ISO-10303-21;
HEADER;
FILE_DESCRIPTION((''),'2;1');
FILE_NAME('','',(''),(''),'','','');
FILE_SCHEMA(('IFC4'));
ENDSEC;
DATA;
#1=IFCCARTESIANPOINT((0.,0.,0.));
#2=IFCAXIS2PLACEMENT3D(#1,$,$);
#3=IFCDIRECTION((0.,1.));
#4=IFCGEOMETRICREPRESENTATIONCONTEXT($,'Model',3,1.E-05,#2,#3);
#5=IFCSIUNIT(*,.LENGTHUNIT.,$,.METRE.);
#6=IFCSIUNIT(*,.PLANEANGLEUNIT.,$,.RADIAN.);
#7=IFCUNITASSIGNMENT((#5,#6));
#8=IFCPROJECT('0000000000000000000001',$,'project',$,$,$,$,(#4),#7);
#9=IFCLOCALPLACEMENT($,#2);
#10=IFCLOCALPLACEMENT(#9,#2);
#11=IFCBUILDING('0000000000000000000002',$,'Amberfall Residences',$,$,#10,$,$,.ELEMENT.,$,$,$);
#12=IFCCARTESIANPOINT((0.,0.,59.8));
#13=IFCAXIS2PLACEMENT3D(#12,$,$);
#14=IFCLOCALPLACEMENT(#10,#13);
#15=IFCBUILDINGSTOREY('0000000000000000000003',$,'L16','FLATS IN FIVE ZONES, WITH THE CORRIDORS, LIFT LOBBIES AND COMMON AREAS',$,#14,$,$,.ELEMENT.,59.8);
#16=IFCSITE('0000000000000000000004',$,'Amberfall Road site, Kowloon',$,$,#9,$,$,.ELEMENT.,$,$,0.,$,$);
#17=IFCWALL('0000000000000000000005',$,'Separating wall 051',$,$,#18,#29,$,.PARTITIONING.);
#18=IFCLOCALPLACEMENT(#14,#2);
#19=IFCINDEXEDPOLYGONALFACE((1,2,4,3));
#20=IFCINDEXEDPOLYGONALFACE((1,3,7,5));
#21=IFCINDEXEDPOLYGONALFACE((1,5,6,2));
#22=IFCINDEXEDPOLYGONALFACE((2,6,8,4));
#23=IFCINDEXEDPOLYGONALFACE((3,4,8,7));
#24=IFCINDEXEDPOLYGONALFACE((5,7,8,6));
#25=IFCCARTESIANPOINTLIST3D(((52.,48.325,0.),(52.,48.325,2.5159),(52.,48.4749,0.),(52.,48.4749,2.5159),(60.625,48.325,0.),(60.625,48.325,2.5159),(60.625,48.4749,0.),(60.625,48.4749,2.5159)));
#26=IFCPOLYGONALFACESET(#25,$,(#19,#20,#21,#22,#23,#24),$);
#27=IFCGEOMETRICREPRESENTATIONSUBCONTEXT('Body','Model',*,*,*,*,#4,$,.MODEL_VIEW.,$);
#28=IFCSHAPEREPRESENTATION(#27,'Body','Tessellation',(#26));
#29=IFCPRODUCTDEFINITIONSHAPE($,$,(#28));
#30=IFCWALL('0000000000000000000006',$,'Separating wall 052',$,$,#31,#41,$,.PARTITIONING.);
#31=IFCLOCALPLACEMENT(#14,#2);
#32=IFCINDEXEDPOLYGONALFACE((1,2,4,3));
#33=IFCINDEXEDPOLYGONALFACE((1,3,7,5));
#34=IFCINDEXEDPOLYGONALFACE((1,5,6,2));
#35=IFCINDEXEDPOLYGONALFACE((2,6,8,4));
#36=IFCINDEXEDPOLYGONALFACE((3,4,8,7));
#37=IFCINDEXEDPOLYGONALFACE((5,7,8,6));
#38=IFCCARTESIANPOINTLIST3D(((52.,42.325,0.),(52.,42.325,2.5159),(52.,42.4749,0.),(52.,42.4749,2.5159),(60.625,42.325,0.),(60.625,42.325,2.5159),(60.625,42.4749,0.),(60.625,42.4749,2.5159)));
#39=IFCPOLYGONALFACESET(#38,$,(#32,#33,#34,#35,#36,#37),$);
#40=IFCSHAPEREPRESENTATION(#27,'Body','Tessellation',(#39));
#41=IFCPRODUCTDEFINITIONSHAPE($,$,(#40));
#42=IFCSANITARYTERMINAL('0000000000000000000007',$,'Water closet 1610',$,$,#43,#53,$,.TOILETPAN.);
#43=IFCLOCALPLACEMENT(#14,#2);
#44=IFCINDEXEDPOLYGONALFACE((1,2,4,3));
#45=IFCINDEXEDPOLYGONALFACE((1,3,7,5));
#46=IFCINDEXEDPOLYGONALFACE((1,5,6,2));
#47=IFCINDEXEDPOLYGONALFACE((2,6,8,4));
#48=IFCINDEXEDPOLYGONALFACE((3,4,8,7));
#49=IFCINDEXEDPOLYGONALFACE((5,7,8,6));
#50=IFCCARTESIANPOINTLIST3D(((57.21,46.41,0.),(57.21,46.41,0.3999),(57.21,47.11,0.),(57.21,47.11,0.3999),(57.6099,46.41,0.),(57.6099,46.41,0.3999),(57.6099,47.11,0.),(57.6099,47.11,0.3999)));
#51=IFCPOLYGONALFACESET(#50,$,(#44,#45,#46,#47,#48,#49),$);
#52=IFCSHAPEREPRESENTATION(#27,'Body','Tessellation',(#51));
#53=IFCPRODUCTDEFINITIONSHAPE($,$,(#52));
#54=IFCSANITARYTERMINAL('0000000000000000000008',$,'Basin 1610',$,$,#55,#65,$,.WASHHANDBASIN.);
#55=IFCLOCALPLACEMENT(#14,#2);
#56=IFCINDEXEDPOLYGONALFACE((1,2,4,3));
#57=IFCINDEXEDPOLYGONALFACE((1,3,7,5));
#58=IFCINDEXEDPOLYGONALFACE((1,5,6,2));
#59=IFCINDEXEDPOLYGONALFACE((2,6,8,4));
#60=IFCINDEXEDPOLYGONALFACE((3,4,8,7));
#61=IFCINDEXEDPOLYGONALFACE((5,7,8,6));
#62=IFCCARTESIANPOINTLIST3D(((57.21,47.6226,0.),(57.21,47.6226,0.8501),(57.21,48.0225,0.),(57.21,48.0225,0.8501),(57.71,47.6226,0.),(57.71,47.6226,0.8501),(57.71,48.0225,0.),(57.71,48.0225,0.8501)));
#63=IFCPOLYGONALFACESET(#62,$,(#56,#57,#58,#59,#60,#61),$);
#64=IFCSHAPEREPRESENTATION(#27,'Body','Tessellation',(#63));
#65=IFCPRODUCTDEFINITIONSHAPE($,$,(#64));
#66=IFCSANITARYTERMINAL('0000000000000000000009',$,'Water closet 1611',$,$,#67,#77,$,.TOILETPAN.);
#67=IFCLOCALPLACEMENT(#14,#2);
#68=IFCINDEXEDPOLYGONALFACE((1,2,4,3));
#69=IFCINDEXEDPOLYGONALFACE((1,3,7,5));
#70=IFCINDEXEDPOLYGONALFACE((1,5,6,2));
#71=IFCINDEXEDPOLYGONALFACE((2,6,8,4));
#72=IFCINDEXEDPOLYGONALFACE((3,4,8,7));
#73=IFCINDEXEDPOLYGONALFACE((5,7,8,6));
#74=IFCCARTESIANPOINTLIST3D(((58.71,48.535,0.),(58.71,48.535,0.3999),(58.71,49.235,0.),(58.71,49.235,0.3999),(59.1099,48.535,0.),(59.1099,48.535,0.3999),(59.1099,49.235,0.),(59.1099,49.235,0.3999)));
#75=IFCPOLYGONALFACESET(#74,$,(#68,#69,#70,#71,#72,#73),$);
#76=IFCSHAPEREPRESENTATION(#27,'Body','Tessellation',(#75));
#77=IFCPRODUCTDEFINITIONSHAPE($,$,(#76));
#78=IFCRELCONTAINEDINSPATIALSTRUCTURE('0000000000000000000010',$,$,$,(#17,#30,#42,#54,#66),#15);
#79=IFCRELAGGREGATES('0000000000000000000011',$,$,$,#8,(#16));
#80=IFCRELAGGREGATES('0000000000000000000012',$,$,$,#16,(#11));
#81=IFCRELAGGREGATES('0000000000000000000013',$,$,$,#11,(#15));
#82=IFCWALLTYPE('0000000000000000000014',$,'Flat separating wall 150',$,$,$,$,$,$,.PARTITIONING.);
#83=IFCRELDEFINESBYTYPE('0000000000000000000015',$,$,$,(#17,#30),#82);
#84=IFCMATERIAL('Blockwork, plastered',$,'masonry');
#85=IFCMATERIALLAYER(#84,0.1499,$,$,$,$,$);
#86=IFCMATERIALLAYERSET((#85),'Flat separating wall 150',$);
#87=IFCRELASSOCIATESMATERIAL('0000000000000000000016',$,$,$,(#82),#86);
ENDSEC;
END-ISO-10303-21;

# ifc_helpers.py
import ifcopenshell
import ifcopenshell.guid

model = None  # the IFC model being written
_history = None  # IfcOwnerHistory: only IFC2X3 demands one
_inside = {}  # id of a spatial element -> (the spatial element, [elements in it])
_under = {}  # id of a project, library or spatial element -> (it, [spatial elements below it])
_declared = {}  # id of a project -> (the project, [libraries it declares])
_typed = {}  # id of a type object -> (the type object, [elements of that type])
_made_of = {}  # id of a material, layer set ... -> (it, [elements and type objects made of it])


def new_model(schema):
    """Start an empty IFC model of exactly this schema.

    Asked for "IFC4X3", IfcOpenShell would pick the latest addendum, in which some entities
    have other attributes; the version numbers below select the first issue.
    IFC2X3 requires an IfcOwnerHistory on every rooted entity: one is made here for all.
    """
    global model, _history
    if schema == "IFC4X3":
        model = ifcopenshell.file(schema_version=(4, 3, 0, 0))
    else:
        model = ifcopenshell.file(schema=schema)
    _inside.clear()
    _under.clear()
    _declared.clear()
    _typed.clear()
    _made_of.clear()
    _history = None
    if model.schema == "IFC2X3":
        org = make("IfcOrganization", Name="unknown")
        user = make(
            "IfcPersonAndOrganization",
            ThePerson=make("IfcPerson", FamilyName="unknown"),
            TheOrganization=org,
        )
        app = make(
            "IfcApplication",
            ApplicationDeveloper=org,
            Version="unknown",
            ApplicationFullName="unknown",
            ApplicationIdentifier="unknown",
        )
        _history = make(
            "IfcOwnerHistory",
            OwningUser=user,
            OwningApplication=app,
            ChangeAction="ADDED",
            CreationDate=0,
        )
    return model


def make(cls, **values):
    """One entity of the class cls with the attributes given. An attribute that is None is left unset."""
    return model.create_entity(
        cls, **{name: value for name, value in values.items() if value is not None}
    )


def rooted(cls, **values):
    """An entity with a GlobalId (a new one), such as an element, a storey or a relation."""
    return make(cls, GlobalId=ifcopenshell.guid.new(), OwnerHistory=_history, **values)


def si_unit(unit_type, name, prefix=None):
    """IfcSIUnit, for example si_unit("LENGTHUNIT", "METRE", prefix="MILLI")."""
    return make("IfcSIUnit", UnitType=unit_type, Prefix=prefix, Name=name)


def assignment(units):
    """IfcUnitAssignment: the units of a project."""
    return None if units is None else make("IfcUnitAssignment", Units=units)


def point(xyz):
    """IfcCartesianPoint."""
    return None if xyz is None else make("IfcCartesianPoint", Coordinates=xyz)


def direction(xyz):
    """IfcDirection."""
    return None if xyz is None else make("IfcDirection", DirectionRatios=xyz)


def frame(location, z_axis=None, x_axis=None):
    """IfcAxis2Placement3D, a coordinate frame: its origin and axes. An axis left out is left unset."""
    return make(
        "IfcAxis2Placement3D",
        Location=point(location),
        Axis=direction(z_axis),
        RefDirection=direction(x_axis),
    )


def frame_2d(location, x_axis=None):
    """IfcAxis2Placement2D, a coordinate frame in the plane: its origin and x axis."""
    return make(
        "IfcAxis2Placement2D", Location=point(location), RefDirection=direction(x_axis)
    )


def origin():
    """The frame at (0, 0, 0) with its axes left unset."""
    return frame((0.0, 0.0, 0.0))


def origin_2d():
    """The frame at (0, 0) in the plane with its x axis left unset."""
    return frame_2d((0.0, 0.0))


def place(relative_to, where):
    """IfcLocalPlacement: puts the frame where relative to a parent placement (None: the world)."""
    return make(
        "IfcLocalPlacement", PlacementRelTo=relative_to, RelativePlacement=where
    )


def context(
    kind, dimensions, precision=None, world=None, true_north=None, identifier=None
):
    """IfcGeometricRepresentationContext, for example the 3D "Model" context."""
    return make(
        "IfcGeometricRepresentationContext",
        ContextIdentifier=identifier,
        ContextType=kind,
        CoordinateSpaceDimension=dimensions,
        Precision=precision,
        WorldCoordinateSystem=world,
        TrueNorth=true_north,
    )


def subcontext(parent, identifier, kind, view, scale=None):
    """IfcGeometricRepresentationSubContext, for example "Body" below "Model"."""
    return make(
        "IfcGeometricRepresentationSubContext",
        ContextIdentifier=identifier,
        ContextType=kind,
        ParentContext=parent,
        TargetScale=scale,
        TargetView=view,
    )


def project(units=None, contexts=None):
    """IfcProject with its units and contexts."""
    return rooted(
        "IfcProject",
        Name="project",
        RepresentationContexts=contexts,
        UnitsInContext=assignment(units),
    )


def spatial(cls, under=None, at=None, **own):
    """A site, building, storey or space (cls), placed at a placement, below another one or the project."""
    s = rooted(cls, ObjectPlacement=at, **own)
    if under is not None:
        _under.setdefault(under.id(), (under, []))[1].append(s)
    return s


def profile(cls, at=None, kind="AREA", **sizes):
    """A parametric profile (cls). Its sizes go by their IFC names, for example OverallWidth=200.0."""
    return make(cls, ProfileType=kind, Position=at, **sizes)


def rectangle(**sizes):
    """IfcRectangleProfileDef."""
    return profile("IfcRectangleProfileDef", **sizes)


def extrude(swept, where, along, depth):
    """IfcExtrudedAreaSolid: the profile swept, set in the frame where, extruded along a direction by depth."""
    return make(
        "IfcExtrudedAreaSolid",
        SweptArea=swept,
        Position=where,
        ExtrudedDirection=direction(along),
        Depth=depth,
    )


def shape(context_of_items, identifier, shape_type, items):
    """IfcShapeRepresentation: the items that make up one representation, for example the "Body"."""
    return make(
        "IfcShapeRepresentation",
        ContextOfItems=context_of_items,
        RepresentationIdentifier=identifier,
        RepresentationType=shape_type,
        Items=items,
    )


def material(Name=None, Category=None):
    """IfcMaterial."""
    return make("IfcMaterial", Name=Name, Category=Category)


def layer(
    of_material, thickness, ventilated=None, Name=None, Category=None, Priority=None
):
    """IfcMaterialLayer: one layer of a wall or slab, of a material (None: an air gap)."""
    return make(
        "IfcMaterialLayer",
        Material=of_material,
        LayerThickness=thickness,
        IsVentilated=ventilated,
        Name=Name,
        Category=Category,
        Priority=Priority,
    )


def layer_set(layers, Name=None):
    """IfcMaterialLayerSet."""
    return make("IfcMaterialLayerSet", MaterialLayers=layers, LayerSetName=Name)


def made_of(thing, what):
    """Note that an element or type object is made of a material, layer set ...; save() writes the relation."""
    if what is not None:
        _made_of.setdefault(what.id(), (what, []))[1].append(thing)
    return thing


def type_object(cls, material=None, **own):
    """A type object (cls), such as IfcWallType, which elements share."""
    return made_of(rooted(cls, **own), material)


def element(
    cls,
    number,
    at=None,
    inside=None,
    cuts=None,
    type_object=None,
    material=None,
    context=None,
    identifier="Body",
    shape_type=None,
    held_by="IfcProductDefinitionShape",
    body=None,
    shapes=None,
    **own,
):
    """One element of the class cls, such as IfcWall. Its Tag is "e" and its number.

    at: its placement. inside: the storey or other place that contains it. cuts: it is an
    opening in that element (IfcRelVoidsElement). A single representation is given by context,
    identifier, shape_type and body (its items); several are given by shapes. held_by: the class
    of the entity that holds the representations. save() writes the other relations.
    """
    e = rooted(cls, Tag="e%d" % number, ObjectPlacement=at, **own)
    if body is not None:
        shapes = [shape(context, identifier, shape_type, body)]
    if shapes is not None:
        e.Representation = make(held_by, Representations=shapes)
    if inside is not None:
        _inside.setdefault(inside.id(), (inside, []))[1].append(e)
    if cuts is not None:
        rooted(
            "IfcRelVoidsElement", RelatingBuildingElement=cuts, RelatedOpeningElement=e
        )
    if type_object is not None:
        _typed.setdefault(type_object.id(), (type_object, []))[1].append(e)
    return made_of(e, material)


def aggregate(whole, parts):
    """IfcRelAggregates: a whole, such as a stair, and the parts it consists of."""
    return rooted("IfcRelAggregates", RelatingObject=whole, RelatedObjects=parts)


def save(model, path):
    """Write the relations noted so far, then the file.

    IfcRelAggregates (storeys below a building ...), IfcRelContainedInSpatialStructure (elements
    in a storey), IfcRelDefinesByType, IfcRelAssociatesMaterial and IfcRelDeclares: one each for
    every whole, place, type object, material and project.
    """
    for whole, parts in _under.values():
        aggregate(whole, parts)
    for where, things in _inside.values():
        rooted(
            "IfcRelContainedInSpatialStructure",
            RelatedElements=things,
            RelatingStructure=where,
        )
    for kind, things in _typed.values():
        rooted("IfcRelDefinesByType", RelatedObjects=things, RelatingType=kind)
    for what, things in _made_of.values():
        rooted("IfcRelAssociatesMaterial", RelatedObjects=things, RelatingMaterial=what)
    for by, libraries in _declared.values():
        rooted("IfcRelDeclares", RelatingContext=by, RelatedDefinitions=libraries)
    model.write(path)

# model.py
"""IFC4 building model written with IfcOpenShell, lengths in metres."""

from ifc_helpers import new_model, si_unit, direction, frame, frame_2d, origin, origin_2d, place, context, subcontext, project, spatial, rectangle, extrude, material, layer, layer_set, type_object, element, save


model = new_model("IFC4")

# Units and contexts
model_context = context("Model", 3, precision=1e-05, world=origin(), true_north=direction((0.0, 1.0)))
body_context = subcontext(model_context, "Body", "Model", "MODEL_VIEW")
ifc_project = project(units=[si_unit("LENGTHUNIT", "METRE"), si_unit("PLANEANGLEUNIT", "RADIAN")], contexts=[model_context])

# Site, building, storey
site_placement = place(None, origin())
site = spatial("IfcSite", under=ifc_project, at=site_placement, Name="Amberfall Road site, Kowloon", CompositionType="ELEMENT", RefElevation=0.0)
building_placement = place(site_placement, origin())
building = spatial("IfcBuilding", under=site, at=building_placement, Name="Amberfall Residences", CompositionType="ELEMENT")
storey_placement = place(building_placement, frame((0.0, 0.0, 59.8)))
storey = spatial("IfcBuildingStorey", under=building, at=storey_placement, Name="L16", Description="FLATS IN FIVE ZONES, WITH THE CORRIDORS, LIFT LOBBIES AND COMMON AREAS", CompositionType="ELEMENT", Elevation=59.8)

# Walls
ifc_material_1 = material(Name="Blockwork, plastered", Category="masonry")
ifc_layer_1 = layer(ifc_material_1, 0.1499)
ifc_layer_set_1 = layer_set([ifc_layer_1], Name="Flat separating wall 150")
wall_type_1 = type_object("IfcWallType", Name="Flat separating wall 150", PredefinedType="PARTITIONING", material=ifc_layer_set_1)
for number, where, z_axis, x_axis, name in (
    (1, (52.0, 48.3999, 0.0), (0.0, 0.0, 1.0), (1.0, 0.0, 0.0), "Separating wall 051"),
    (2, (52.0, 42.3999, 0.0), (0.0, 0.0, 1.0), (1.0, 0.0, 0.0), "Separating wall 052"),
):
    element("IfcWall", number, at=place(storey_placement, frame(where, z_axis=z_axis, x_axis=x_axis)), inside=storey, type_object=wall_type_1, Name=name, PredefinedType="PARTITIONING", context=body_context, shape_type="SweptSolid", body=[
        extrude(rectangle(XDim=8.625, YDim=0.1499, at=frame_2d((4.3125, 0.0))), origin(), (0.0, 0.0, 1.0), 2.5159),
    ])

# Sanitary terminals
sanitary_terminal_1_placement = place(storey_placement, frame((57.4099, 46.76, 0.0), z_axis=(0.0, 0.0, 1.0), x_axis=(1.0, 0.0, 0.0)))
element("IfcSanitaryTerminal", 3, at=sanitary_terminal_1_placement, inside=storey, Name="Water closet 1610", PredefinedType="TOILETPAN", context=body_context, shape_type="SweptSolid", body=[
    extrude(rectangle(XDim=0.3999, YDim=0.7, at=origin_2d()), origin(), (0.0, 0.0, 1.0), 0.3999),
])
sanitary_terminal_2_placement = place(storey_placement, frame((57.46, 47.8225, 0.0), z_axis=(0.0, 0.0, 1.0), x_axis=(1.0, 0.0, 0.0)))
element("IfcSanitaryTerminal", 4, at=sanitary_terminal_2_placement, inside=storey, Name="Basin 1610", PredefinedType="WASHHANDBASIN", context=body_context, shape_type="SweptSolid", body=[
    extrude(rectangle(XDim=0.5, YDim=0.3999, at=origin_2d()), origin(), (0.0, 0.0, 1.0), 0.8501),
])
sanitary_terminal_3_placement = place(storey_placement, frame((58.9099, 48.885, 0.0), z_axis=(0.0, 0.0, 1.0), x_axis=(1.0, 0.0, 0.0)))
element("IfcSanitaryTerminal", 5, at=sanitary_terminal_3_placement, inside=storey, Name="Water closet 1611", PredefinedType="TOILETPAN", context=body_context, shape_type="SweptSolid", body=[
    extrude(rectangle(XDim=0.3999, YDim=0.7, at=origin_2d()), origin(), (0.0, 0.0, 1.0), 0.3999),
])

save(model, "model.ifc")
